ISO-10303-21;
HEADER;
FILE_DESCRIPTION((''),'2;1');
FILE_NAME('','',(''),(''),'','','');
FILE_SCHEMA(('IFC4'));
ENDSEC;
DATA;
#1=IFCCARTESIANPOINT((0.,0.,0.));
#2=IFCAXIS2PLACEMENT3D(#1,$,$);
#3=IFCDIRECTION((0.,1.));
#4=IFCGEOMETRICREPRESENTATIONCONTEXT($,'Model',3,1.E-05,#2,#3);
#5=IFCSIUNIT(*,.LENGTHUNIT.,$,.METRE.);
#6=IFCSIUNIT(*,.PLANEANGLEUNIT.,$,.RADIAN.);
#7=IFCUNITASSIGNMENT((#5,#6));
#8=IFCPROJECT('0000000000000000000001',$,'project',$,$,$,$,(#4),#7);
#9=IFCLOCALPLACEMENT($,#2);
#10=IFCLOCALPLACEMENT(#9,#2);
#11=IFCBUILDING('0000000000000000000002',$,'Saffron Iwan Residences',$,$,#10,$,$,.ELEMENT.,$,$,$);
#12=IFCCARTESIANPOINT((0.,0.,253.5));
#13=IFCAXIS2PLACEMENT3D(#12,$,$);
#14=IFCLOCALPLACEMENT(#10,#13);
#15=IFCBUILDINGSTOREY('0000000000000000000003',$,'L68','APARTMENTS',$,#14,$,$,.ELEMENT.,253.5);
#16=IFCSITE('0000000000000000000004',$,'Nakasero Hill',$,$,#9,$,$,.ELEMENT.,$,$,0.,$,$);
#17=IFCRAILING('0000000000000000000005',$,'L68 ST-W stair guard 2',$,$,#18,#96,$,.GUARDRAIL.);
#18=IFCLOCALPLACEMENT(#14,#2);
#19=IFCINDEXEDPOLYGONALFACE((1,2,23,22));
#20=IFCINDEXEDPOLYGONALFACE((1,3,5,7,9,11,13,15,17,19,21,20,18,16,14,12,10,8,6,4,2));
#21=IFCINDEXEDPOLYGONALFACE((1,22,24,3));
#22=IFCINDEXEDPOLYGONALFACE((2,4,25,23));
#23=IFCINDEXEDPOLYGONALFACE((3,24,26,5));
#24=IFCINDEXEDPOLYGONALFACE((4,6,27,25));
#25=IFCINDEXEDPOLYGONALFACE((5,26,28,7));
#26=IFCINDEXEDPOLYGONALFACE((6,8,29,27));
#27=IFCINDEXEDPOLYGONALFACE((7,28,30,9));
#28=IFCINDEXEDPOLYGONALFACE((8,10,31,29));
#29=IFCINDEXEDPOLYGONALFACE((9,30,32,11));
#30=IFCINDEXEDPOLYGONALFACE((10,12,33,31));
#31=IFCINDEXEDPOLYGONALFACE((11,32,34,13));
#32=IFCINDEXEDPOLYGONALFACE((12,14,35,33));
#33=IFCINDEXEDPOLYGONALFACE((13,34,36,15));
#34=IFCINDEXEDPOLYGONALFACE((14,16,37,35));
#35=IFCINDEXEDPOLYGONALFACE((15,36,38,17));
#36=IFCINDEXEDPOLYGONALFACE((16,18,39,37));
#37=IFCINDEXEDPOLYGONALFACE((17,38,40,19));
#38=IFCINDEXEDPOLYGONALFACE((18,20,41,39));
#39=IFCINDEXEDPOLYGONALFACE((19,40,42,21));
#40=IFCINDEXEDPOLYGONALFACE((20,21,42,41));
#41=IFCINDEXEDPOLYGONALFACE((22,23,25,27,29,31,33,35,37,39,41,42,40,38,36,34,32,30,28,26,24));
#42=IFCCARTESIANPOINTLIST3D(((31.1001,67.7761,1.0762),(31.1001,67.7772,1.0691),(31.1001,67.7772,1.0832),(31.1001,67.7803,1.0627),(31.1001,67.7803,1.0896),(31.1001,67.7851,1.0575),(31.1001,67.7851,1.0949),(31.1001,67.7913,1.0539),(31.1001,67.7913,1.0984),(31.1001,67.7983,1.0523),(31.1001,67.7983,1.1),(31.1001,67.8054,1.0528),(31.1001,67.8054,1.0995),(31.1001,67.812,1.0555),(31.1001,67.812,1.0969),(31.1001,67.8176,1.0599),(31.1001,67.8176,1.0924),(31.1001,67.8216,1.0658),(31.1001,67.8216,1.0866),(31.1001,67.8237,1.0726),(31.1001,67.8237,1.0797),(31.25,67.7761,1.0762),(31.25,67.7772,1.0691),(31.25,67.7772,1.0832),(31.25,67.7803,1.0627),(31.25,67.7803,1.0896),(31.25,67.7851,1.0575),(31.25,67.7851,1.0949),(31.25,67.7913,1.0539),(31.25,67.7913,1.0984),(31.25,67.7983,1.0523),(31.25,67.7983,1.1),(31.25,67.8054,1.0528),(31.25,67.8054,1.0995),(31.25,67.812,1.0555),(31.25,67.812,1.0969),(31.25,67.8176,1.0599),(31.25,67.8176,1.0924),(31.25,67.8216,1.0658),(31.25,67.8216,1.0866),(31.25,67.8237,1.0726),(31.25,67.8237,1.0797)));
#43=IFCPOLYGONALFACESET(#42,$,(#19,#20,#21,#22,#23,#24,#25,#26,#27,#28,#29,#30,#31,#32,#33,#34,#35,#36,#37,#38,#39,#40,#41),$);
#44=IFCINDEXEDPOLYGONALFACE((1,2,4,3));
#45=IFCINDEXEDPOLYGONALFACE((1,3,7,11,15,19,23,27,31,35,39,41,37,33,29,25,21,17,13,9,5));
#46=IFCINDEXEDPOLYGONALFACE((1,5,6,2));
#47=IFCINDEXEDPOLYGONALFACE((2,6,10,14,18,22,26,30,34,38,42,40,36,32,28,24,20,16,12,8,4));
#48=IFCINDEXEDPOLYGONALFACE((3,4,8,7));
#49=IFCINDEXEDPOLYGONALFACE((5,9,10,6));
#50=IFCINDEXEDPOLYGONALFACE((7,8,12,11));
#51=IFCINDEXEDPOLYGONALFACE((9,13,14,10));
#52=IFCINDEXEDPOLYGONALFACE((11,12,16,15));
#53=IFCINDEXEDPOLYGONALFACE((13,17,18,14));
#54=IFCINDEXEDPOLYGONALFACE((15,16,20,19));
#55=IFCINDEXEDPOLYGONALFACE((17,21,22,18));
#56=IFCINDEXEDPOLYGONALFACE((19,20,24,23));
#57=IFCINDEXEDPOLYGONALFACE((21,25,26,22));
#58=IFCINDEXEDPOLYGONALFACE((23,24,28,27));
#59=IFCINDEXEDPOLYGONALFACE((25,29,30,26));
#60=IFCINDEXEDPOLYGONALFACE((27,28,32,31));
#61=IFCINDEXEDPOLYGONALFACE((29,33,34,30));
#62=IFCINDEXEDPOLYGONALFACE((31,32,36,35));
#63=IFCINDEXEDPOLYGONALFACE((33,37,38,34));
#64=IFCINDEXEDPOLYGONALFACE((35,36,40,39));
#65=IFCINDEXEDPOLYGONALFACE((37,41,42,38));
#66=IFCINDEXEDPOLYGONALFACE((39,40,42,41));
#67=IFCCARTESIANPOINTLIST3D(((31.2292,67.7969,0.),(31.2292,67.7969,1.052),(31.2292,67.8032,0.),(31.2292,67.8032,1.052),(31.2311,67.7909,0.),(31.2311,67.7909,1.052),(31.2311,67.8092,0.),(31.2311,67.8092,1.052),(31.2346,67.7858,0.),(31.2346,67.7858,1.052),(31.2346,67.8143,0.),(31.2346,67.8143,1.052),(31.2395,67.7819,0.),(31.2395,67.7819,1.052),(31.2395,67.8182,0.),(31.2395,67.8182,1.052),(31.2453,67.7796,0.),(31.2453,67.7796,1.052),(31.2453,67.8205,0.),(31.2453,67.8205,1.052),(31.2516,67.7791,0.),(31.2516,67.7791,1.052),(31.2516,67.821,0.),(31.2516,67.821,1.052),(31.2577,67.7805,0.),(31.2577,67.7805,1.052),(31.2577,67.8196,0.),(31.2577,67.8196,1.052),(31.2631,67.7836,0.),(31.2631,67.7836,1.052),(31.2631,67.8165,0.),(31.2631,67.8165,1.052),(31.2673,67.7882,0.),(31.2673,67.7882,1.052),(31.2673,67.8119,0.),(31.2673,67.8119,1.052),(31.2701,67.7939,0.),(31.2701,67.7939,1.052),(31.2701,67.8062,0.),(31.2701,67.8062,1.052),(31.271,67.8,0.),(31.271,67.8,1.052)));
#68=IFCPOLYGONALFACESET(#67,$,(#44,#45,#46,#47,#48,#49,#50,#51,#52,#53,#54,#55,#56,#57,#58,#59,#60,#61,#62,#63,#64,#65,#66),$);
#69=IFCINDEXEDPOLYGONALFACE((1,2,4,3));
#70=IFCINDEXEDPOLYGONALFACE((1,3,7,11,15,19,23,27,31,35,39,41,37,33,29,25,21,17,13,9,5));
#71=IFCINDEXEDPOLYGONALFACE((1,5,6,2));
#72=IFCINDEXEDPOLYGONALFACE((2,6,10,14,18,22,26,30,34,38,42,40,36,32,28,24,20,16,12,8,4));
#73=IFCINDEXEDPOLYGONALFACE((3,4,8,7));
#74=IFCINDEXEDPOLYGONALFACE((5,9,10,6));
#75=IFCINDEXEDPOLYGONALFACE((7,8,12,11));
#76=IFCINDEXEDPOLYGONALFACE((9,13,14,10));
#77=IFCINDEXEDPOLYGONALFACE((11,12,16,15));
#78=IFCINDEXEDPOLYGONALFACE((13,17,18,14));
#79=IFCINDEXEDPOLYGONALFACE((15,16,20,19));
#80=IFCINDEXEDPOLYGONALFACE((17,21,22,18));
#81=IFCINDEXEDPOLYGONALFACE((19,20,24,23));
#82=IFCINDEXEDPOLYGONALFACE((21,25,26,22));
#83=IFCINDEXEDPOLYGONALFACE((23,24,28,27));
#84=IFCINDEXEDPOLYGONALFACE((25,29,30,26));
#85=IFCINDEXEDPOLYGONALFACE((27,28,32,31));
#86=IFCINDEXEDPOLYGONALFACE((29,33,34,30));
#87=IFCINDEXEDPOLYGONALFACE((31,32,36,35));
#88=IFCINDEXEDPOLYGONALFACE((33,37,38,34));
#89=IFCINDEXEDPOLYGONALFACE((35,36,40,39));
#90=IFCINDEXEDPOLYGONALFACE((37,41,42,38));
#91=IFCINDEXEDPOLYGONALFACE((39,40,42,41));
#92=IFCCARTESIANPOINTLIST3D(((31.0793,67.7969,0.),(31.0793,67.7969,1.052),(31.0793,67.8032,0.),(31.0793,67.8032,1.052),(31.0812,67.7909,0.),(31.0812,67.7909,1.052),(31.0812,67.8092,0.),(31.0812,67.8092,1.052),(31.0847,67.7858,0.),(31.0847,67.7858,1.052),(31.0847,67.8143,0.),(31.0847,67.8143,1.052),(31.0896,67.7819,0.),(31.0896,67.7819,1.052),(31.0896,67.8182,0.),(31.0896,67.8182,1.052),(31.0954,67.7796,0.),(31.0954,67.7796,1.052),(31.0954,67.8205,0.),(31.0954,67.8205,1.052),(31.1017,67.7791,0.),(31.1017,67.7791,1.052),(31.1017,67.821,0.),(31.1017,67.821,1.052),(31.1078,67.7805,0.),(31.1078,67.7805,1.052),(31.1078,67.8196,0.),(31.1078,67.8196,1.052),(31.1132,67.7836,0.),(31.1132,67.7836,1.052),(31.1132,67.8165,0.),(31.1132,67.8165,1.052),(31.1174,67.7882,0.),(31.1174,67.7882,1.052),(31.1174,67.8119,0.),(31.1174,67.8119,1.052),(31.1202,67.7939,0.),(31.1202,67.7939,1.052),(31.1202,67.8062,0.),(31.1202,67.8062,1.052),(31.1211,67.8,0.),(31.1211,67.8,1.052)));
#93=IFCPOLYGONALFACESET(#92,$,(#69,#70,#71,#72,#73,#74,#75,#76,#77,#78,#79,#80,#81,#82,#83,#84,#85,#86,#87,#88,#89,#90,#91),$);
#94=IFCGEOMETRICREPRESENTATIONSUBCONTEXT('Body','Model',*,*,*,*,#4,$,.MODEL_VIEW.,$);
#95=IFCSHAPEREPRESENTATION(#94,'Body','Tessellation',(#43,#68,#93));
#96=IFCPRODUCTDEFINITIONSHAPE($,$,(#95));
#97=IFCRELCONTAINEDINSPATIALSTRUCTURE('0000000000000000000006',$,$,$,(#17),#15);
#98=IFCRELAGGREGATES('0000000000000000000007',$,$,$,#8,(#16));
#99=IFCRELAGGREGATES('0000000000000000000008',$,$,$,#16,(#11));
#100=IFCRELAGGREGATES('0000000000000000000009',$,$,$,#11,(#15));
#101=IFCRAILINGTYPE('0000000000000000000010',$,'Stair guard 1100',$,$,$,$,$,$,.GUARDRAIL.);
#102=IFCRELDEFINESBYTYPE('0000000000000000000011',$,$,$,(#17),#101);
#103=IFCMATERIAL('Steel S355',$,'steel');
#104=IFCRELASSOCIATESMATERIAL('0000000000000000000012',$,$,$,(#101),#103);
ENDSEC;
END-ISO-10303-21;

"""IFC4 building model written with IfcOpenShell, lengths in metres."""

from ifc_helpers import new_model, si_unit, direction, frame, origin, origin_2d, place, context, subcontext, project, spatial, circle, extrude, material, type_object, element, save


model = new_model("IFC4")

# Units and contexts
model_context = context("Model", 3, precision=1e-05, world=origin(), true_north=direction((0.0, 1.0)))
body_context = subcontext(model_context, "Body", "Model", "MODEL_VIEW")
ifc_project = project(units=[si_unit("LENGTHUNIT", "METRE"), si_unit("PLANEANGLEUNIT", "RADIAN")], contexts=[model_context])

# Site, building, storey
site_placement = place(None, origin())
site = spatial("IfcSite", under=ifc_project, at=site_placement, Name="Nakasero Hill", CompositionType="ELEMENT", RefElevation=0.0)
building_placement = place(site_placement, origin())
building = spatial("IfcBuilding", under=site, at=building_placement, Name="Saffron Iwan Residences", CompositionType="ELEMENT")
storey_placement = place(building_placement, frame((0.0, 0.0, 253.5)))
storey = spatial("IfcBuildingStorey", under=building, at=storey_placement, Name="L68", Description="APARTMENTS", CompositionType="ELEMENT", Elevation=253.5)

# Railing
ifc_material_1 = material(Name="Steel S355", Category="steel")
railing_type_1 = type_object("IfcRailingType", Name="Stair guard 1100", PredefinedType="GUARDRAIL", material=ifc_material_1)
railing_1_placement = place(storey_placement, frame((31.25, 67.8, 0.0)))
element("IfcRailing", 1, at=railing_1_placement, inside=storey, type_object=railing_type_1, Name="L68 ST-W stair guard 2", PredefinedType="GUARDRAIL", context=body_context, shape_type="SweptSolid", body=[
    extrude(circle(Radius=0.0239, at=origin_2d()), frame((0.0, 0.0, 1.0762), z_axis=(-1.0, 0.0, 0.0), x_axis=(0.0, -1.0, 0.0)), (0.0, 0.0, 1.0), 0.1499),
    extrude(circle(Radius=0.021, at=origin_2d()), origin(), (0.0, 0.0, 1.0), 1.052),
    extrude(circle(Radius=0.021, at=origin_2d()), frame((-0.1499, 0.0, 0.0)), (0.0, 0.0, 1.0), 1.052),
])

save(model, "model.ifc")
